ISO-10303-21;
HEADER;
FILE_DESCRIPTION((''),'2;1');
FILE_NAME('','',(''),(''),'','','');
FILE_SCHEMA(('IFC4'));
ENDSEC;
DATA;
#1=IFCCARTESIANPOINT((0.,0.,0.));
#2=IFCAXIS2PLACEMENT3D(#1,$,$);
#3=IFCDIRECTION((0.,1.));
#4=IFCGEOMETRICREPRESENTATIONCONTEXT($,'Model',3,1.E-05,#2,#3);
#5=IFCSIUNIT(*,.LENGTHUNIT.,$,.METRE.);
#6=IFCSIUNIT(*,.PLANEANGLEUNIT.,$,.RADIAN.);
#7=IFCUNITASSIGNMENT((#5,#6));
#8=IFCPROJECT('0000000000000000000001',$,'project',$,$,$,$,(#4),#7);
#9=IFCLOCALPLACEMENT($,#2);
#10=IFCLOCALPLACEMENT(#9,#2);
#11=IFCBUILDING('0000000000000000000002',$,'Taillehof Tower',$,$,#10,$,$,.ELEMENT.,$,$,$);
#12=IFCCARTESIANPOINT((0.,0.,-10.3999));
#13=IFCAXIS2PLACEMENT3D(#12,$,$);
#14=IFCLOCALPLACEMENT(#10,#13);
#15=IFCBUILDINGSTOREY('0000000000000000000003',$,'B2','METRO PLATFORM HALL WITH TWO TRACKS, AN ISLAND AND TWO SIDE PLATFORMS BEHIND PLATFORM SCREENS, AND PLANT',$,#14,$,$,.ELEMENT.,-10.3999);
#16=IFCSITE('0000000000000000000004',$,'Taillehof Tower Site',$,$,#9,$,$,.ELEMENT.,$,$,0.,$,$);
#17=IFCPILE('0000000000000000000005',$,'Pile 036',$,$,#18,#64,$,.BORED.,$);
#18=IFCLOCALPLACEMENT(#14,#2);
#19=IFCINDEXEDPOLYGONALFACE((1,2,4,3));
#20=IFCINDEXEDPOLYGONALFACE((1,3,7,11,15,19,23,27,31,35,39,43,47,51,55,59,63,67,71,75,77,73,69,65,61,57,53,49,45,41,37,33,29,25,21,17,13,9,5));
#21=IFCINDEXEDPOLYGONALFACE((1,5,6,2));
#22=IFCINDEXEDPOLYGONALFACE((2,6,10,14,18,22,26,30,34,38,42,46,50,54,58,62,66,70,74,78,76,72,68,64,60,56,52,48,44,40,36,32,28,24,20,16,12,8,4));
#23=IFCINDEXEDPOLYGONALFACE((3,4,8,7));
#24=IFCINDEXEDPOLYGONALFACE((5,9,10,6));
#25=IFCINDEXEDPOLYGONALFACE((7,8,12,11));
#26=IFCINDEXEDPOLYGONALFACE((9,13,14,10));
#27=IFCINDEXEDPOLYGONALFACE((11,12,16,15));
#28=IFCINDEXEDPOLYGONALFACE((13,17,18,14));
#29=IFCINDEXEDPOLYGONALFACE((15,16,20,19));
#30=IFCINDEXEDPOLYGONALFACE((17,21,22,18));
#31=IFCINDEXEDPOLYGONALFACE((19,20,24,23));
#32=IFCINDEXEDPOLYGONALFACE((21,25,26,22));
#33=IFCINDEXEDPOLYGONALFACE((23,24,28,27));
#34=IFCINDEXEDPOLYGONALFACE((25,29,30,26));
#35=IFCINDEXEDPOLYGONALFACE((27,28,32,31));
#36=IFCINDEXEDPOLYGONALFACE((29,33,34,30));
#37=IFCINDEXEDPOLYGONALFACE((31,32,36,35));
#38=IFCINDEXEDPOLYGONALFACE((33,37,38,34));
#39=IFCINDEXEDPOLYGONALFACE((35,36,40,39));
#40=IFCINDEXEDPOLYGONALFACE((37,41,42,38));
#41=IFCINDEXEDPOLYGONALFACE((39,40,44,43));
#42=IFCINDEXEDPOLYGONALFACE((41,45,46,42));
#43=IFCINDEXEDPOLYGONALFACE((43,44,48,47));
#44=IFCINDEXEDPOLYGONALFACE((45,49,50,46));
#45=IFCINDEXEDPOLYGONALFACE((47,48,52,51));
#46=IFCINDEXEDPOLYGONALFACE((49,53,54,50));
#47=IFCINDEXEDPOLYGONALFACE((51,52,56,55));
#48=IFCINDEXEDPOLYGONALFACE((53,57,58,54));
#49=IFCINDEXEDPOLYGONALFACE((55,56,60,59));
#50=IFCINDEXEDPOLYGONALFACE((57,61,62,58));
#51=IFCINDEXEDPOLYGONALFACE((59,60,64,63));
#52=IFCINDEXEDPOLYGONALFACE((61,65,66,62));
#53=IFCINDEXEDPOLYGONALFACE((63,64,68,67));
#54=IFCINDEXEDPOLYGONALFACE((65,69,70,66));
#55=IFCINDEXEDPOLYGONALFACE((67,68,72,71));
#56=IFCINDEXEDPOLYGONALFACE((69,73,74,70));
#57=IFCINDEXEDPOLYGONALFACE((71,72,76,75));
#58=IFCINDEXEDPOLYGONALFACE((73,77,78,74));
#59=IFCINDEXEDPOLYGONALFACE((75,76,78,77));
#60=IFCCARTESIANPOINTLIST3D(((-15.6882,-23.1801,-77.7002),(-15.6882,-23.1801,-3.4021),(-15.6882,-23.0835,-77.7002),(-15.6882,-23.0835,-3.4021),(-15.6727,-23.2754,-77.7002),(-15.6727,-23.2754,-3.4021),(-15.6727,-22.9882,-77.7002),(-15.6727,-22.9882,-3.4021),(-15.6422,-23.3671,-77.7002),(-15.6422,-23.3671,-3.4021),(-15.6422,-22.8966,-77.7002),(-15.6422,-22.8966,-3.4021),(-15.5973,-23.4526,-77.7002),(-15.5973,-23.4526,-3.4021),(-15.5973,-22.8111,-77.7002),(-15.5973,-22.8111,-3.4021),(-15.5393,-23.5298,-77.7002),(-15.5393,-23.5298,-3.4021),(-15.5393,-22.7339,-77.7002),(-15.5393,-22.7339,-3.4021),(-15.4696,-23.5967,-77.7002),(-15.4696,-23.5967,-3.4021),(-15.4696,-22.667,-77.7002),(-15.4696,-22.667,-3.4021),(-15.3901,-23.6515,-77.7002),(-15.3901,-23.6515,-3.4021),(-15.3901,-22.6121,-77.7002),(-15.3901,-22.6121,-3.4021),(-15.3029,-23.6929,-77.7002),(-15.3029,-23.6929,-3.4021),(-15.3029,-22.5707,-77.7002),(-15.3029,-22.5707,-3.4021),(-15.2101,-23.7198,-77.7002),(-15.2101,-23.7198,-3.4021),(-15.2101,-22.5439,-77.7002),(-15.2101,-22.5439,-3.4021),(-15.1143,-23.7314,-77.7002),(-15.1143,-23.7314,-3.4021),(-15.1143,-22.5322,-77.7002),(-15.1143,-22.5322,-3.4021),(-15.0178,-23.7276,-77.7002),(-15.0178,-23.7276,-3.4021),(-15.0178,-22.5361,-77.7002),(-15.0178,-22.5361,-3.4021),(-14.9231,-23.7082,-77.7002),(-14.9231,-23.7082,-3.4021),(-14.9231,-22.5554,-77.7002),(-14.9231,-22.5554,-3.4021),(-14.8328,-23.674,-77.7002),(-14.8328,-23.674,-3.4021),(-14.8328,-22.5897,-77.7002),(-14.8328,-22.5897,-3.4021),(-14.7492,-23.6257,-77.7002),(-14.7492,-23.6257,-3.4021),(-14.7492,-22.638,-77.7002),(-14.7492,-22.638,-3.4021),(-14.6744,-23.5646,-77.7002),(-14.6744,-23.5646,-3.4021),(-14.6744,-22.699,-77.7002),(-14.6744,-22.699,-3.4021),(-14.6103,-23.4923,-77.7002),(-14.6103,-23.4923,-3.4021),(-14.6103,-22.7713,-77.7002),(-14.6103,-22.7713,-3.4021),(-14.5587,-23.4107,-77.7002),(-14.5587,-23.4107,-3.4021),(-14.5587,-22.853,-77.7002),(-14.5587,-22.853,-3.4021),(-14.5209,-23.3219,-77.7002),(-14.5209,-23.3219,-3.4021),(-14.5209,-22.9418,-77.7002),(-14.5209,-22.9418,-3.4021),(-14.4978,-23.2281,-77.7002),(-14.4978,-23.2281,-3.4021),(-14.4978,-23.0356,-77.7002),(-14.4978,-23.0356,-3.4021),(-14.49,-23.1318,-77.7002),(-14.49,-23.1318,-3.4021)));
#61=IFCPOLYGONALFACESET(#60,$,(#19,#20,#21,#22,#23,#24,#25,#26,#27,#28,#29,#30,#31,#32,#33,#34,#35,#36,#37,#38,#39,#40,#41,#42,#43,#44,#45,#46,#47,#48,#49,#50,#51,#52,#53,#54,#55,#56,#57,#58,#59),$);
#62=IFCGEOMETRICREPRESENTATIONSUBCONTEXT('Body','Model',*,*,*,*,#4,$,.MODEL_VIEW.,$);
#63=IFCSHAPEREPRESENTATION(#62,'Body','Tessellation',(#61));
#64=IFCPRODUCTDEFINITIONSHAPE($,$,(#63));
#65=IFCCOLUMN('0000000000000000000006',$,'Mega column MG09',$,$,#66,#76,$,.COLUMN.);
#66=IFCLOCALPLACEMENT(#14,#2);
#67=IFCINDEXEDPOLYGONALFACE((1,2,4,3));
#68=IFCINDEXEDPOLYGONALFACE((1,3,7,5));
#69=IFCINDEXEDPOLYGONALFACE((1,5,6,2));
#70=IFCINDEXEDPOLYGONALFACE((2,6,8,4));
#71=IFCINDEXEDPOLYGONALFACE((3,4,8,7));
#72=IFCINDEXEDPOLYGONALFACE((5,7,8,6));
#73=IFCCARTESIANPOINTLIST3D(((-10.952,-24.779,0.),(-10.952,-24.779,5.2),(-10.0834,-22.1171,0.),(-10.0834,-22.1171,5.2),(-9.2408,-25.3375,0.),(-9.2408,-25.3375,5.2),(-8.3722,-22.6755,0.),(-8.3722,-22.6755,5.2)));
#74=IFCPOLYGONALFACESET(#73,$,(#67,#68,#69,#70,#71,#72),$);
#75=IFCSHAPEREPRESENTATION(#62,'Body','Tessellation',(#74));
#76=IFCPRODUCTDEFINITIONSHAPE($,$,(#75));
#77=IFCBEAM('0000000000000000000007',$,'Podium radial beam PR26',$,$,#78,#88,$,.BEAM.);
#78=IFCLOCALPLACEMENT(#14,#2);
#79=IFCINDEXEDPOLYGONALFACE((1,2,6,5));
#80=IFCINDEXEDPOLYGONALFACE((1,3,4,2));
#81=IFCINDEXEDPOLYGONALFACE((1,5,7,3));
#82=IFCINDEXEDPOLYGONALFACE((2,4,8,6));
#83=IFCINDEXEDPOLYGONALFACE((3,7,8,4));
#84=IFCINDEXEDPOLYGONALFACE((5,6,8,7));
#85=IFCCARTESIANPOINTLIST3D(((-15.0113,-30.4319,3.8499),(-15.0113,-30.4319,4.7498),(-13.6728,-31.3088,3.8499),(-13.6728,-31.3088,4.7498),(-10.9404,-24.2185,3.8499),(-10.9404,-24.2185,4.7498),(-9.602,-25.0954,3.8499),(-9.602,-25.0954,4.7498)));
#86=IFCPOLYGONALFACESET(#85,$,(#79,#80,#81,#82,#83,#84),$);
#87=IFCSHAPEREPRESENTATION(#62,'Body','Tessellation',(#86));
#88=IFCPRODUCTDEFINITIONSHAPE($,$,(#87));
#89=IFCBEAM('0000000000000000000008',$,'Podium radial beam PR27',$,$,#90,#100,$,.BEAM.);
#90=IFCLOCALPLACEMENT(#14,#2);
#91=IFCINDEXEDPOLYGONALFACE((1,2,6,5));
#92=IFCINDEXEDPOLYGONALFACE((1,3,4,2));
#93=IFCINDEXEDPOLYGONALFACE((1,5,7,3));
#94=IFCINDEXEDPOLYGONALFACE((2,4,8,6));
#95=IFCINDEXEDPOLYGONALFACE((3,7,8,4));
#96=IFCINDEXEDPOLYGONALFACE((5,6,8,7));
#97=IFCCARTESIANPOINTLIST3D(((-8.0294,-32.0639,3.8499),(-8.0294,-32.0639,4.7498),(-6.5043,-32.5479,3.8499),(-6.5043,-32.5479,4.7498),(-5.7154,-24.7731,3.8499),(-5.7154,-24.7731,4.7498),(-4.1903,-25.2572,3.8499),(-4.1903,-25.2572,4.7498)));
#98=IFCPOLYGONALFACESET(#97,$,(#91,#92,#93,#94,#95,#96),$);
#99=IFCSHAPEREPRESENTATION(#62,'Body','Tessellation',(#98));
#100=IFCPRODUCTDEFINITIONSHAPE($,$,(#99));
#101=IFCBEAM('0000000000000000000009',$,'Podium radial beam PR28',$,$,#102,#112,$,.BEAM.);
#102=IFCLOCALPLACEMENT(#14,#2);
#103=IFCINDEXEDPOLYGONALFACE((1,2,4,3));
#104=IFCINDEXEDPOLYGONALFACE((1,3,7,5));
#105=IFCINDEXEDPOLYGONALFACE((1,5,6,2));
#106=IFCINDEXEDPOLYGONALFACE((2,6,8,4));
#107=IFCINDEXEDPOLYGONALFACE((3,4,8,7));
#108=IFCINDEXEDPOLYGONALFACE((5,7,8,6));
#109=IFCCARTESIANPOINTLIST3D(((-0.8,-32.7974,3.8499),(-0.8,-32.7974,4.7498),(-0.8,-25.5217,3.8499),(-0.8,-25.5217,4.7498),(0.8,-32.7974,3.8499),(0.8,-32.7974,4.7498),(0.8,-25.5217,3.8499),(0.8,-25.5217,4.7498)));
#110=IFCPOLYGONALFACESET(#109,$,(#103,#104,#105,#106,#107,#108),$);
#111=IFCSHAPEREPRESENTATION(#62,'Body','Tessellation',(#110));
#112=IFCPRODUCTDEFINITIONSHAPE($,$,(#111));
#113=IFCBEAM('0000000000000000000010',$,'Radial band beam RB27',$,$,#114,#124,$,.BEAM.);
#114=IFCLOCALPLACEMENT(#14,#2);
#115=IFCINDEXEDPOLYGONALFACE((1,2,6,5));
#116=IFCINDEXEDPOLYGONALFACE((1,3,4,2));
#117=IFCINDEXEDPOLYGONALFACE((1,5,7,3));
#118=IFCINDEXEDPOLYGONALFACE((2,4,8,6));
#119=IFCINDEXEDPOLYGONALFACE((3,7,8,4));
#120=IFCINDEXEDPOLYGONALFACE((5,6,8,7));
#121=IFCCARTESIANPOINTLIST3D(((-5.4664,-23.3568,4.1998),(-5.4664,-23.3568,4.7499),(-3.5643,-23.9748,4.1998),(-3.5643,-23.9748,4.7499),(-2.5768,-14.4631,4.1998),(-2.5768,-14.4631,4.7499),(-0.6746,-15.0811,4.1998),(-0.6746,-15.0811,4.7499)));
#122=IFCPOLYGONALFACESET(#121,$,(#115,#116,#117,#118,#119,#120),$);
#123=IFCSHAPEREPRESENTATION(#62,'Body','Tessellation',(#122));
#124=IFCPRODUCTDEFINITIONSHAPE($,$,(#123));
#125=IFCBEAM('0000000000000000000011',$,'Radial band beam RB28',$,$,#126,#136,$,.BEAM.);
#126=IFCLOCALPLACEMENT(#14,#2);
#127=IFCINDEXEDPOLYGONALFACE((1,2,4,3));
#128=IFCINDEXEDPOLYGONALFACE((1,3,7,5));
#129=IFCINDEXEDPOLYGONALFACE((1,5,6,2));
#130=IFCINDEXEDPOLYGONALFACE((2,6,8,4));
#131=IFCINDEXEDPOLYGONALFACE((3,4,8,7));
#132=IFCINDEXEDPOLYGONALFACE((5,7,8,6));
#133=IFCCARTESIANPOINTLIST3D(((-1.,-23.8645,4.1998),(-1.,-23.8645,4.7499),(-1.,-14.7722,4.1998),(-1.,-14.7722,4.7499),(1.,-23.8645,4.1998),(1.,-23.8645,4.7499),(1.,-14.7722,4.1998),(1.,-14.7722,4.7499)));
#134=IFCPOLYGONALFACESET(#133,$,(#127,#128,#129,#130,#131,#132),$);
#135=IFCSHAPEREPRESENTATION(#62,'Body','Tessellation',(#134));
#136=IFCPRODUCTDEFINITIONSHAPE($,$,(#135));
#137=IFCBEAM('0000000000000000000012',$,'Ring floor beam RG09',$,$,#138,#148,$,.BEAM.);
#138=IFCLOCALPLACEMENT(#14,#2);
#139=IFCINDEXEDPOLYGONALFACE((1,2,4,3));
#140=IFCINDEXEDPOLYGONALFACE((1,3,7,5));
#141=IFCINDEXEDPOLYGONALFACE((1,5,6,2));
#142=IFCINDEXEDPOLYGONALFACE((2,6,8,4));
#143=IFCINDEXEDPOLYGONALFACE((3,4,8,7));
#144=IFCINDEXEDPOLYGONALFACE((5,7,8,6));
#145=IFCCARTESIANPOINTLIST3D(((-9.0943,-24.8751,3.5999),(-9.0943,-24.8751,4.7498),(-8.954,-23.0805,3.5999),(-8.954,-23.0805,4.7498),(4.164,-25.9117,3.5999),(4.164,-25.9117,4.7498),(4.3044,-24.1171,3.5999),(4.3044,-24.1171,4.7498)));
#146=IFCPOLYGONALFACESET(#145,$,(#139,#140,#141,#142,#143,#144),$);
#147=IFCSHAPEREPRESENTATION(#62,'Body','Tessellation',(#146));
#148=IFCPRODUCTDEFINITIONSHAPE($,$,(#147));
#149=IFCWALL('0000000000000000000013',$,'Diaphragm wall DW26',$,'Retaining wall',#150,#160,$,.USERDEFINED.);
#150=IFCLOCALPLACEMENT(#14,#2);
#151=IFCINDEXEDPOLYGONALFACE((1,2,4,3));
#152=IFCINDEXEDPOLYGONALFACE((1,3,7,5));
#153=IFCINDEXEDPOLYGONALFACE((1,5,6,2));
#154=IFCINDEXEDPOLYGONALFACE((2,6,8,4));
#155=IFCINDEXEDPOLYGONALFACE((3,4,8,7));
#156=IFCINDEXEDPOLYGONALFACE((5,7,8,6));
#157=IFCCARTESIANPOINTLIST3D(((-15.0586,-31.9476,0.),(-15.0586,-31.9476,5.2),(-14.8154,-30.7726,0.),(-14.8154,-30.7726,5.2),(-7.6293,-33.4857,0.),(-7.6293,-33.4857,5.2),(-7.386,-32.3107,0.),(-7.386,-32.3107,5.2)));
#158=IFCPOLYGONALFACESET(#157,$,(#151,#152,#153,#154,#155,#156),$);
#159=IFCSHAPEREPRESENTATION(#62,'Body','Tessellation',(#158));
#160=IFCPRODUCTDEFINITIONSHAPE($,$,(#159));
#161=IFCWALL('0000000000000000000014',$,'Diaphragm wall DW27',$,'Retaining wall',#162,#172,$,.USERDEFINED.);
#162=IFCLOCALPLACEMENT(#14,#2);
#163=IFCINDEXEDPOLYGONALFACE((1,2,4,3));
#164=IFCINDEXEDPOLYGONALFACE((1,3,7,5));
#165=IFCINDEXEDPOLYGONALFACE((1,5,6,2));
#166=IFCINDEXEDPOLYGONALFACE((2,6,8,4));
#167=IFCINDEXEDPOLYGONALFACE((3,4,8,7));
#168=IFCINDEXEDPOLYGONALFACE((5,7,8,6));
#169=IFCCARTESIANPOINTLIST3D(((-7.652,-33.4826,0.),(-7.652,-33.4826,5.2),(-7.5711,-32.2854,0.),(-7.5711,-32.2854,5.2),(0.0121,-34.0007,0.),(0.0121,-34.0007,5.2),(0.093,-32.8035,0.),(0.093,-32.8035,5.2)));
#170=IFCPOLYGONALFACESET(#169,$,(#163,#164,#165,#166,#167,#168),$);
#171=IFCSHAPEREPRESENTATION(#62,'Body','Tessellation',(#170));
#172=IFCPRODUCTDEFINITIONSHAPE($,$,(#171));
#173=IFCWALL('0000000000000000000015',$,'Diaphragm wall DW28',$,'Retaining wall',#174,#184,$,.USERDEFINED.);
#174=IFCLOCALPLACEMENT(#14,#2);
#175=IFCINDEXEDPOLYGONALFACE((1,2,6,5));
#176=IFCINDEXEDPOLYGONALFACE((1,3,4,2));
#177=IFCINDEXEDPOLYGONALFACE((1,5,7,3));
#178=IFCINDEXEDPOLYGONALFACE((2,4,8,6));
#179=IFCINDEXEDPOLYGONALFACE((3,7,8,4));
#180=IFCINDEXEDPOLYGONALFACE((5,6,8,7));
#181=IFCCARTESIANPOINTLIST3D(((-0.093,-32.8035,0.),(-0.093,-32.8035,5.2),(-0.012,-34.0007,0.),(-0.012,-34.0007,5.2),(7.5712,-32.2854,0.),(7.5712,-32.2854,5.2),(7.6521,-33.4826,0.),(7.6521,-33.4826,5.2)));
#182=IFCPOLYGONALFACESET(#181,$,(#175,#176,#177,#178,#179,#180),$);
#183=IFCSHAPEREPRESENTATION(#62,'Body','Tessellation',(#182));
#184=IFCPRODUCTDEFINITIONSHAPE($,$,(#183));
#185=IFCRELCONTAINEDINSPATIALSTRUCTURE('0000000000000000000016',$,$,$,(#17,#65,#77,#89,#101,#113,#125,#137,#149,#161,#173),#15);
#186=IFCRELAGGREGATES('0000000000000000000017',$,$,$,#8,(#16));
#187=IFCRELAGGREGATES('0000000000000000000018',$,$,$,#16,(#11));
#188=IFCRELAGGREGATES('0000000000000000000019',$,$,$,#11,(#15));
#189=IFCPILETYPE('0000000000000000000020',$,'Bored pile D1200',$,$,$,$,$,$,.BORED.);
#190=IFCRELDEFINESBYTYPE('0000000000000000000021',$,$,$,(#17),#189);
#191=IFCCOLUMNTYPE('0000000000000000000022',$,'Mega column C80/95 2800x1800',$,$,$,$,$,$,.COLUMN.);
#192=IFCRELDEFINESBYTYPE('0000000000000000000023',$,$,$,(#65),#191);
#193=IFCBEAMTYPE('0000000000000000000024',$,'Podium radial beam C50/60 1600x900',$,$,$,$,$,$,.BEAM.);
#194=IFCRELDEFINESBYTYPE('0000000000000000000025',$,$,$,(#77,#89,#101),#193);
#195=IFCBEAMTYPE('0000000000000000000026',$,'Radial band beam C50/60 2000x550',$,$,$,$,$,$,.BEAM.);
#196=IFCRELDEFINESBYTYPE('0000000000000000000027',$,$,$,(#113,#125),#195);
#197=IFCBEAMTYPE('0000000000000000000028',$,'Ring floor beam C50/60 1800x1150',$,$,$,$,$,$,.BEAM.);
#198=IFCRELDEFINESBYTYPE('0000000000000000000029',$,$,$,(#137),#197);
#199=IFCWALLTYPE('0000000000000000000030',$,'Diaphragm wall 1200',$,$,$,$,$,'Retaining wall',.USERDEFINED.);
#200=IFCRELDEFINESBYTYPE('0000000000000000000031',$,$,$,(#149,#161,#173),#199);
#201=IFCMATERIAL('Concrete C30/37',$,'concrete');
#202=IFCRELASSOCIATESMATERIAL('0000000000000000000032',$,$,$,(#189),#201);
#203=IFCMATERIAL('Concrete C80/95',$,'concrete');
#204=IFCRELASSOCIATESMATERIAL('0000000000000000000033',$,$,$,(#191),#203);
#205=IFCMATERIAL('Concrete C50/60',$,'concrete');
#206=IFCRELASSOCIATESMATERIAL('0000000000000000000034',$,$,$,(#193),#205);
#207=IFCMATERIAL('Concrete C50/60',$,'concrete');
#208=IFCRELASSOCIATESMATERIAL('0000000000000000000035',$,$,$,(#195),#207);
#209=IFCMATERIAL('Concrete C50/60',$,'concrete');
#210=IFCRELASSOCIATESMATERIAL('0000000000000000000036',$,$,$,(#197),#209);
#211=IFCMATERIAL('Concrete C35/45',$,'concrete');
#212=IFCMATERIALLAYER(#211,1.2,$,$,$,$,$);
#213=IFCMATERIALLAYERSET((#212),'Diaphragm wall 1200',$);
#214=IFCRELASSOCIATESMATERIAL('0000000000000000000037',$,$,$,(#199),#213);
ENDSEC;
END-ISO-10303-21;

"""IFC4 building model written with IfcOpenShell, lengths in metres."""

from ifc_helpers import new_model, si_unit, direction, frame, frame_2d, origin, origin_2d, place, context, subcontext, project, spatial, rectangle, circle, extrude, material, layer, layer_set, material_profile, profile_set, type_object, element, save


model = new_model("IFC4")

# Units and contexts
model_context = context("Model", 3, precision=1e-05, world=origin(), true_north=direction((0.0, 1.0)))
body_context = subcontext(model_context, "Body", "Model", "MODEL_VIEW")
ifc_project = project(units=[si_unit("LENGTHUNIT", "METRE"), si_unit("PLANEANGLEUNIT", "RADIAN")], contexts=[model_context])

# Site, building, storey
site_placement = place(None, origin())
site = spatial("IfcSite", under=ifc_project, at=site_placement, Name="Taillehof Tower Site", CompositionType="ELEMENT", RefElevation=0.0)
building_placement = place(site_placement, origin())
building = spatial("IfcBuilding", under=site, at=building_placement, Name="Taillehof Tower", CompositionType="ELEMENT")
storey_placement = place(building_placement, frame((0.0, 0.0, -10.3999)))
storey = spatial("IfcBuildingStorey", under=building, at=storey_placement, Name="B2", Description="METRO PLATFORM HALL WITH TWO TRACKS, AN ISLAND AND TWO SIDE PLATFORMS BEHIND PLATFORM SCREENS, AND PLANT", CompositionType="ELEMENT", Elevation=-10.3999)

# Pile
ifc_material_1 = material(Name="Concrete C30/37", Category="concrete")
ifc_material_profile_1 = material_profile(ifc_material_1, circle(Radius=0.6001, at=origin_2d()), Name="BP D1200")
ifc_profile_set_1 = profile_set([ifc_material_profile_1], Name="Concrete C30/37")
pile_type = type_object("IfcPileType", Name="Bored pile D1200", PredefinedType="BORED", material=ifc_profile_set_1)
for number, where, z_axis, x_axis, name in (
    (1, (-15.0901, -23.1318, -3.4021), (0.0, 0.0, -1.0), (1.0, 0.0, 0.0), "Pile 036"),
):
    element("IfcPile", number, at=place(storey_placement, frame(where, z_axis=z_axis, x_axis=x_axis)), inside=storey, type_object=pile_type, Name=name, PredefinedType="BORED", context=body_context, shape_type="SweptSolid", body=[
        extrude(circle(Radius=0.6001, at=origin_2d()), origin(), (0.0, 0.0, 1.0), 74.2981),
    ])

# Column
ifc_material_2 = material(Name="Concrete C80/95", Category="concrete")
ifc_material_profile_2 = material_profile(ifc_material_2, rectangle(XDim=2.8, YDim=1.8, at=origin_2d()), Name="RC 2800x1800")
ifc_profile_set_2 = profile_set([ifc_material_profile_2], Name="Concrete C80/95")
column_type = type_object("IfcColumnType", Name="Mega column C80/95 2800x1800", PredefinedType="COLUMN", material=ifc_profile_set_2)
column_placement = place(storey_placement, frame((-9.6621, -23.7273, 0.0), z_axis=(0.0, 0.0, 1.0), x_axis=(-0.310219, -0.950665, 0.0)))
element("IfcColumn", 2, at=column_placement, inside=storey, type_object=column_type, Name="Mega column MG09", PredefinedType="COLUMN", context=body_context, shape_type="SweptSolid", body=[
    extrude(rectangle(XDim=2.8, YDim=1.8, at=origin_2d()), origin(), (0.0, 0.0, 1.0), 5.2),
])

# Beams
ifc_material_3 = material(Name="Concrete C50/60", Category="concrete")
ifc_material_profile_3 = material_profile(ifc_material_3, rectangle(XDim=1.6001, YDim=0.8999, at=origin_2d()), Name="RC 1600x900")
ifc_profile_set_3 = profile_set([ifc_material_profile_3], Name="Concrete C50/60")
beam_type_1 = type_object("IfcBeamType", Name="Podium radial beam C50/60 1600x900", PredefinedType="BEAM", material=ifc_profile_set_3)
beam_1_placement = place(storey_placement, frame((-14.342, -30.8704, 4.2998), z_axis=(0.548023, 0.836463, 0.0), x_axis=(-0.836463, 0.548023, 0.0)))
element("IfcBeam", 3, at=beam_1_placement, inside=storey, type_object=beam_type_1, Name="Podium radial beam PR26", PredefinedType="BEAM", context=body_context, shape_type="SweptSolid", body=[
    extrude(rectangle(XDim=1.6001, YDim=0.8999, at=origin_2d()), origin(), (0.0, 0.0, 1.0), 7.4282),
])
beam_2_placement = place(storey_placement, frame((-7.2668, -32.3059, 4.2998), z_axis=(0.302512, 0.953146, 0.0), x_axis=(-0.953146, 0.302512, 0.0)))
element("IfcBeam", 4, at=beam_2_placement, inside=storey, type_object=beam_type_1, Name="Podium radial beam PR27", PredefinedType="BEAM", context=body_context, shape_type="SweptSolid", body=[
    extrude(rectangle(XDim=1.6001, YDim=0.8999, at=origin_2d()), origin(), (0.0, 0.0, 1.0), 7.6492),
])
beam_3_placement = place(storey_placement, frame((0.0, -32.7974, 4.2998), z_axis=(0.0, 1.0, 0.0), x_axis=(-1.0, 0.0, 0.0)))
element("IfcBeam", 5, at=beam_3_placement, inside=storey, type_object=beam_type_1, Name="Podium radial beam PR28", PredefinedType="BEAM", context=body_context, shape_type="SweptSolid", body=[
    extrude(rectangle(XDim=1.6001, YDim=0.8999, at=origin_2d()), origin(), (0.0, 0.0, 1.0), 7.2756),
])
ifc_material_4 = material(Name="Concrete C50/60", Category="concrete")
ifc_material_profile_4 = material_profile(ifc_material_4, rectangle(XDim=2.0, YDim=0.55, at=origin_2d()), Name="RC 2000x550")
ifc_profile_set_4 = profile_set([ifc_material_profile_4], Name="Concrete C50/60")
beam_type_2 = type_object("IfcBeamType", Name="Radial band beam C50/60 2000x550", PredefinedType="BEAM", material=ifc_profile_set_4)
beam_4_placement = place(storey_placement, frame((-4.5154, -23.6658, 4.4749), z_axis=(0.309013, 0.951058, 0.0), x_axis=(-0.951058, 0.309013, 0.0)))
element("IfcBeam", 6, at=beam_4_placement, inside=storey, type_object=beam_type_2, Name="Radial band beam RB27", PredefinedType="BEAM", context=body_context, shape_type="SweptSolid", body=[
    extrude(rectangle(XDim=2.0, YDim=0.55, at=origin_2d()), origin(), (0.0, 0.0, 1.0), 9.3513),
])
beam_5_placement = place(storey_placement, frame((0.0, -23.8645, 4.4749), z_axis=(0.0, 1.0, 0.0), x_axis=(-1.0, 0.0, 0.0)))
element("IfcBeam", 7, at=beam_5_placement, inside=storey, type_object=beam_type_2, Name="Radial band beam RB28", PredefinedType="BEAM", context=body_context, shape_type="SweptSolid", body=[
    extrude(rectangle(XDim=2.0, YDim=0.55, at=origin_2d()), origin(), (0.0, 0.0, 1.0), 9.0923),
])
ifc_material_5 = material(Name="Concrete C50/60", Category="concrete")
ifc_material_profile_5 = material_profile(ifc_material_5, rectangle(XDim=1.8, YDim=1.1499, at=origin_2d()), Name="RC 1800x1150")
ifc_profile_set_5 = profile_set([ifc_material_profile_5], Name="Concrete C50/60")
beam_type_3 = type_object("IfcBeamType", Name="Ring floor beam C50/60 1800x1150", PredefinedType="BEAM", material=ifc_profile_set_5)
beam_6_placement = place(storey_placement, frame((-9.0242, -23.9778, 4.1748), z_axis=(0.996957, -0.077949, 0.0), x_axis=(0.077949, 0.996957, 0.0)))
element("IfcBeam", 8, at=beam_6_placement, inside=storey, type_object=beam_type_3, Name="Ring floor beam RG09", PredefinedType="BEAM", context=body_context, shape_type="SweptSolid", body=[
    extrude(rectangle(XDim=1.8, YDim=1.1499, at=origin_2d()), origin(), (0.0, 0.0, 1.0), 13.2988),
])

# Walls
ifc_material_6 = material(Name="Concrete C35/45", Category="concrete")
ifc_layer_1 = layer(ifc_material_6, 1.2)
ifc_layer_set_1 = layer_set([ifc_layer_1], Name="Diaphragm wall 1200")
wall_type_1 = type_object("IfcWallType", Name="Diaphragm wall 1200", ElementType="Retaining wall", PredefinedType="USERDEFINED", material=ifc_layer_set_1)
wall_1_placement = place(storey_placement, frame((-14.937, -31.3601, 0.0), z_axis=(0.0, 0.0, 1.0), x_axis=(0.979235, -0.202727, 0.0)))
element("IfcWall", 9, at=wall_1_placement, inside=storey, type_object=wall_type_1, Name="Diaphragm wall DW26", ObjectType="Retaining wall", PredefinedType="USERDEFINED", context=body_context, shape_type="SweptSolid", body=[
    extrude(rectangle(XDim=7.5869, YDim=1.2, at=frame_2d((3.7935, 0.0))), origin(), (0.0, 0.0, 1.0), 5.2),
])
for number, where, z_axis, x_axis, name in (
    (10, (-7.6116, -32.884, 0.0), (0.0, 0.0, 1.0), (0.997723, -0.067443, 0.0), "Diaphragm wall DW27"),
    (11, (-0.0525, -33.4021, 0.0), (0.0, 0.0, 1.0), (0.997723, 0.067443, 0.0), "Diaphragm wall DW28"),
):
    element("IfcWall", number, at=place(storey_placement, frame(where, z_axis=z_axis, x_axis=x_axis)), inside=storey, type_object=wall_type_1, Name=name, ObjectType="Retaining wall", PredefinedType="USERDEFINED", context=body_context, shape_type="SweptSolid", body=[
        extrude(rectangle(XDim=7.6816, YDim=1.2, at=frame_2d((3.8408, 0.0))), origin(), (0.0, 0.0, 1.0), 5.2),
    ])

save(model, "model.ifc")
